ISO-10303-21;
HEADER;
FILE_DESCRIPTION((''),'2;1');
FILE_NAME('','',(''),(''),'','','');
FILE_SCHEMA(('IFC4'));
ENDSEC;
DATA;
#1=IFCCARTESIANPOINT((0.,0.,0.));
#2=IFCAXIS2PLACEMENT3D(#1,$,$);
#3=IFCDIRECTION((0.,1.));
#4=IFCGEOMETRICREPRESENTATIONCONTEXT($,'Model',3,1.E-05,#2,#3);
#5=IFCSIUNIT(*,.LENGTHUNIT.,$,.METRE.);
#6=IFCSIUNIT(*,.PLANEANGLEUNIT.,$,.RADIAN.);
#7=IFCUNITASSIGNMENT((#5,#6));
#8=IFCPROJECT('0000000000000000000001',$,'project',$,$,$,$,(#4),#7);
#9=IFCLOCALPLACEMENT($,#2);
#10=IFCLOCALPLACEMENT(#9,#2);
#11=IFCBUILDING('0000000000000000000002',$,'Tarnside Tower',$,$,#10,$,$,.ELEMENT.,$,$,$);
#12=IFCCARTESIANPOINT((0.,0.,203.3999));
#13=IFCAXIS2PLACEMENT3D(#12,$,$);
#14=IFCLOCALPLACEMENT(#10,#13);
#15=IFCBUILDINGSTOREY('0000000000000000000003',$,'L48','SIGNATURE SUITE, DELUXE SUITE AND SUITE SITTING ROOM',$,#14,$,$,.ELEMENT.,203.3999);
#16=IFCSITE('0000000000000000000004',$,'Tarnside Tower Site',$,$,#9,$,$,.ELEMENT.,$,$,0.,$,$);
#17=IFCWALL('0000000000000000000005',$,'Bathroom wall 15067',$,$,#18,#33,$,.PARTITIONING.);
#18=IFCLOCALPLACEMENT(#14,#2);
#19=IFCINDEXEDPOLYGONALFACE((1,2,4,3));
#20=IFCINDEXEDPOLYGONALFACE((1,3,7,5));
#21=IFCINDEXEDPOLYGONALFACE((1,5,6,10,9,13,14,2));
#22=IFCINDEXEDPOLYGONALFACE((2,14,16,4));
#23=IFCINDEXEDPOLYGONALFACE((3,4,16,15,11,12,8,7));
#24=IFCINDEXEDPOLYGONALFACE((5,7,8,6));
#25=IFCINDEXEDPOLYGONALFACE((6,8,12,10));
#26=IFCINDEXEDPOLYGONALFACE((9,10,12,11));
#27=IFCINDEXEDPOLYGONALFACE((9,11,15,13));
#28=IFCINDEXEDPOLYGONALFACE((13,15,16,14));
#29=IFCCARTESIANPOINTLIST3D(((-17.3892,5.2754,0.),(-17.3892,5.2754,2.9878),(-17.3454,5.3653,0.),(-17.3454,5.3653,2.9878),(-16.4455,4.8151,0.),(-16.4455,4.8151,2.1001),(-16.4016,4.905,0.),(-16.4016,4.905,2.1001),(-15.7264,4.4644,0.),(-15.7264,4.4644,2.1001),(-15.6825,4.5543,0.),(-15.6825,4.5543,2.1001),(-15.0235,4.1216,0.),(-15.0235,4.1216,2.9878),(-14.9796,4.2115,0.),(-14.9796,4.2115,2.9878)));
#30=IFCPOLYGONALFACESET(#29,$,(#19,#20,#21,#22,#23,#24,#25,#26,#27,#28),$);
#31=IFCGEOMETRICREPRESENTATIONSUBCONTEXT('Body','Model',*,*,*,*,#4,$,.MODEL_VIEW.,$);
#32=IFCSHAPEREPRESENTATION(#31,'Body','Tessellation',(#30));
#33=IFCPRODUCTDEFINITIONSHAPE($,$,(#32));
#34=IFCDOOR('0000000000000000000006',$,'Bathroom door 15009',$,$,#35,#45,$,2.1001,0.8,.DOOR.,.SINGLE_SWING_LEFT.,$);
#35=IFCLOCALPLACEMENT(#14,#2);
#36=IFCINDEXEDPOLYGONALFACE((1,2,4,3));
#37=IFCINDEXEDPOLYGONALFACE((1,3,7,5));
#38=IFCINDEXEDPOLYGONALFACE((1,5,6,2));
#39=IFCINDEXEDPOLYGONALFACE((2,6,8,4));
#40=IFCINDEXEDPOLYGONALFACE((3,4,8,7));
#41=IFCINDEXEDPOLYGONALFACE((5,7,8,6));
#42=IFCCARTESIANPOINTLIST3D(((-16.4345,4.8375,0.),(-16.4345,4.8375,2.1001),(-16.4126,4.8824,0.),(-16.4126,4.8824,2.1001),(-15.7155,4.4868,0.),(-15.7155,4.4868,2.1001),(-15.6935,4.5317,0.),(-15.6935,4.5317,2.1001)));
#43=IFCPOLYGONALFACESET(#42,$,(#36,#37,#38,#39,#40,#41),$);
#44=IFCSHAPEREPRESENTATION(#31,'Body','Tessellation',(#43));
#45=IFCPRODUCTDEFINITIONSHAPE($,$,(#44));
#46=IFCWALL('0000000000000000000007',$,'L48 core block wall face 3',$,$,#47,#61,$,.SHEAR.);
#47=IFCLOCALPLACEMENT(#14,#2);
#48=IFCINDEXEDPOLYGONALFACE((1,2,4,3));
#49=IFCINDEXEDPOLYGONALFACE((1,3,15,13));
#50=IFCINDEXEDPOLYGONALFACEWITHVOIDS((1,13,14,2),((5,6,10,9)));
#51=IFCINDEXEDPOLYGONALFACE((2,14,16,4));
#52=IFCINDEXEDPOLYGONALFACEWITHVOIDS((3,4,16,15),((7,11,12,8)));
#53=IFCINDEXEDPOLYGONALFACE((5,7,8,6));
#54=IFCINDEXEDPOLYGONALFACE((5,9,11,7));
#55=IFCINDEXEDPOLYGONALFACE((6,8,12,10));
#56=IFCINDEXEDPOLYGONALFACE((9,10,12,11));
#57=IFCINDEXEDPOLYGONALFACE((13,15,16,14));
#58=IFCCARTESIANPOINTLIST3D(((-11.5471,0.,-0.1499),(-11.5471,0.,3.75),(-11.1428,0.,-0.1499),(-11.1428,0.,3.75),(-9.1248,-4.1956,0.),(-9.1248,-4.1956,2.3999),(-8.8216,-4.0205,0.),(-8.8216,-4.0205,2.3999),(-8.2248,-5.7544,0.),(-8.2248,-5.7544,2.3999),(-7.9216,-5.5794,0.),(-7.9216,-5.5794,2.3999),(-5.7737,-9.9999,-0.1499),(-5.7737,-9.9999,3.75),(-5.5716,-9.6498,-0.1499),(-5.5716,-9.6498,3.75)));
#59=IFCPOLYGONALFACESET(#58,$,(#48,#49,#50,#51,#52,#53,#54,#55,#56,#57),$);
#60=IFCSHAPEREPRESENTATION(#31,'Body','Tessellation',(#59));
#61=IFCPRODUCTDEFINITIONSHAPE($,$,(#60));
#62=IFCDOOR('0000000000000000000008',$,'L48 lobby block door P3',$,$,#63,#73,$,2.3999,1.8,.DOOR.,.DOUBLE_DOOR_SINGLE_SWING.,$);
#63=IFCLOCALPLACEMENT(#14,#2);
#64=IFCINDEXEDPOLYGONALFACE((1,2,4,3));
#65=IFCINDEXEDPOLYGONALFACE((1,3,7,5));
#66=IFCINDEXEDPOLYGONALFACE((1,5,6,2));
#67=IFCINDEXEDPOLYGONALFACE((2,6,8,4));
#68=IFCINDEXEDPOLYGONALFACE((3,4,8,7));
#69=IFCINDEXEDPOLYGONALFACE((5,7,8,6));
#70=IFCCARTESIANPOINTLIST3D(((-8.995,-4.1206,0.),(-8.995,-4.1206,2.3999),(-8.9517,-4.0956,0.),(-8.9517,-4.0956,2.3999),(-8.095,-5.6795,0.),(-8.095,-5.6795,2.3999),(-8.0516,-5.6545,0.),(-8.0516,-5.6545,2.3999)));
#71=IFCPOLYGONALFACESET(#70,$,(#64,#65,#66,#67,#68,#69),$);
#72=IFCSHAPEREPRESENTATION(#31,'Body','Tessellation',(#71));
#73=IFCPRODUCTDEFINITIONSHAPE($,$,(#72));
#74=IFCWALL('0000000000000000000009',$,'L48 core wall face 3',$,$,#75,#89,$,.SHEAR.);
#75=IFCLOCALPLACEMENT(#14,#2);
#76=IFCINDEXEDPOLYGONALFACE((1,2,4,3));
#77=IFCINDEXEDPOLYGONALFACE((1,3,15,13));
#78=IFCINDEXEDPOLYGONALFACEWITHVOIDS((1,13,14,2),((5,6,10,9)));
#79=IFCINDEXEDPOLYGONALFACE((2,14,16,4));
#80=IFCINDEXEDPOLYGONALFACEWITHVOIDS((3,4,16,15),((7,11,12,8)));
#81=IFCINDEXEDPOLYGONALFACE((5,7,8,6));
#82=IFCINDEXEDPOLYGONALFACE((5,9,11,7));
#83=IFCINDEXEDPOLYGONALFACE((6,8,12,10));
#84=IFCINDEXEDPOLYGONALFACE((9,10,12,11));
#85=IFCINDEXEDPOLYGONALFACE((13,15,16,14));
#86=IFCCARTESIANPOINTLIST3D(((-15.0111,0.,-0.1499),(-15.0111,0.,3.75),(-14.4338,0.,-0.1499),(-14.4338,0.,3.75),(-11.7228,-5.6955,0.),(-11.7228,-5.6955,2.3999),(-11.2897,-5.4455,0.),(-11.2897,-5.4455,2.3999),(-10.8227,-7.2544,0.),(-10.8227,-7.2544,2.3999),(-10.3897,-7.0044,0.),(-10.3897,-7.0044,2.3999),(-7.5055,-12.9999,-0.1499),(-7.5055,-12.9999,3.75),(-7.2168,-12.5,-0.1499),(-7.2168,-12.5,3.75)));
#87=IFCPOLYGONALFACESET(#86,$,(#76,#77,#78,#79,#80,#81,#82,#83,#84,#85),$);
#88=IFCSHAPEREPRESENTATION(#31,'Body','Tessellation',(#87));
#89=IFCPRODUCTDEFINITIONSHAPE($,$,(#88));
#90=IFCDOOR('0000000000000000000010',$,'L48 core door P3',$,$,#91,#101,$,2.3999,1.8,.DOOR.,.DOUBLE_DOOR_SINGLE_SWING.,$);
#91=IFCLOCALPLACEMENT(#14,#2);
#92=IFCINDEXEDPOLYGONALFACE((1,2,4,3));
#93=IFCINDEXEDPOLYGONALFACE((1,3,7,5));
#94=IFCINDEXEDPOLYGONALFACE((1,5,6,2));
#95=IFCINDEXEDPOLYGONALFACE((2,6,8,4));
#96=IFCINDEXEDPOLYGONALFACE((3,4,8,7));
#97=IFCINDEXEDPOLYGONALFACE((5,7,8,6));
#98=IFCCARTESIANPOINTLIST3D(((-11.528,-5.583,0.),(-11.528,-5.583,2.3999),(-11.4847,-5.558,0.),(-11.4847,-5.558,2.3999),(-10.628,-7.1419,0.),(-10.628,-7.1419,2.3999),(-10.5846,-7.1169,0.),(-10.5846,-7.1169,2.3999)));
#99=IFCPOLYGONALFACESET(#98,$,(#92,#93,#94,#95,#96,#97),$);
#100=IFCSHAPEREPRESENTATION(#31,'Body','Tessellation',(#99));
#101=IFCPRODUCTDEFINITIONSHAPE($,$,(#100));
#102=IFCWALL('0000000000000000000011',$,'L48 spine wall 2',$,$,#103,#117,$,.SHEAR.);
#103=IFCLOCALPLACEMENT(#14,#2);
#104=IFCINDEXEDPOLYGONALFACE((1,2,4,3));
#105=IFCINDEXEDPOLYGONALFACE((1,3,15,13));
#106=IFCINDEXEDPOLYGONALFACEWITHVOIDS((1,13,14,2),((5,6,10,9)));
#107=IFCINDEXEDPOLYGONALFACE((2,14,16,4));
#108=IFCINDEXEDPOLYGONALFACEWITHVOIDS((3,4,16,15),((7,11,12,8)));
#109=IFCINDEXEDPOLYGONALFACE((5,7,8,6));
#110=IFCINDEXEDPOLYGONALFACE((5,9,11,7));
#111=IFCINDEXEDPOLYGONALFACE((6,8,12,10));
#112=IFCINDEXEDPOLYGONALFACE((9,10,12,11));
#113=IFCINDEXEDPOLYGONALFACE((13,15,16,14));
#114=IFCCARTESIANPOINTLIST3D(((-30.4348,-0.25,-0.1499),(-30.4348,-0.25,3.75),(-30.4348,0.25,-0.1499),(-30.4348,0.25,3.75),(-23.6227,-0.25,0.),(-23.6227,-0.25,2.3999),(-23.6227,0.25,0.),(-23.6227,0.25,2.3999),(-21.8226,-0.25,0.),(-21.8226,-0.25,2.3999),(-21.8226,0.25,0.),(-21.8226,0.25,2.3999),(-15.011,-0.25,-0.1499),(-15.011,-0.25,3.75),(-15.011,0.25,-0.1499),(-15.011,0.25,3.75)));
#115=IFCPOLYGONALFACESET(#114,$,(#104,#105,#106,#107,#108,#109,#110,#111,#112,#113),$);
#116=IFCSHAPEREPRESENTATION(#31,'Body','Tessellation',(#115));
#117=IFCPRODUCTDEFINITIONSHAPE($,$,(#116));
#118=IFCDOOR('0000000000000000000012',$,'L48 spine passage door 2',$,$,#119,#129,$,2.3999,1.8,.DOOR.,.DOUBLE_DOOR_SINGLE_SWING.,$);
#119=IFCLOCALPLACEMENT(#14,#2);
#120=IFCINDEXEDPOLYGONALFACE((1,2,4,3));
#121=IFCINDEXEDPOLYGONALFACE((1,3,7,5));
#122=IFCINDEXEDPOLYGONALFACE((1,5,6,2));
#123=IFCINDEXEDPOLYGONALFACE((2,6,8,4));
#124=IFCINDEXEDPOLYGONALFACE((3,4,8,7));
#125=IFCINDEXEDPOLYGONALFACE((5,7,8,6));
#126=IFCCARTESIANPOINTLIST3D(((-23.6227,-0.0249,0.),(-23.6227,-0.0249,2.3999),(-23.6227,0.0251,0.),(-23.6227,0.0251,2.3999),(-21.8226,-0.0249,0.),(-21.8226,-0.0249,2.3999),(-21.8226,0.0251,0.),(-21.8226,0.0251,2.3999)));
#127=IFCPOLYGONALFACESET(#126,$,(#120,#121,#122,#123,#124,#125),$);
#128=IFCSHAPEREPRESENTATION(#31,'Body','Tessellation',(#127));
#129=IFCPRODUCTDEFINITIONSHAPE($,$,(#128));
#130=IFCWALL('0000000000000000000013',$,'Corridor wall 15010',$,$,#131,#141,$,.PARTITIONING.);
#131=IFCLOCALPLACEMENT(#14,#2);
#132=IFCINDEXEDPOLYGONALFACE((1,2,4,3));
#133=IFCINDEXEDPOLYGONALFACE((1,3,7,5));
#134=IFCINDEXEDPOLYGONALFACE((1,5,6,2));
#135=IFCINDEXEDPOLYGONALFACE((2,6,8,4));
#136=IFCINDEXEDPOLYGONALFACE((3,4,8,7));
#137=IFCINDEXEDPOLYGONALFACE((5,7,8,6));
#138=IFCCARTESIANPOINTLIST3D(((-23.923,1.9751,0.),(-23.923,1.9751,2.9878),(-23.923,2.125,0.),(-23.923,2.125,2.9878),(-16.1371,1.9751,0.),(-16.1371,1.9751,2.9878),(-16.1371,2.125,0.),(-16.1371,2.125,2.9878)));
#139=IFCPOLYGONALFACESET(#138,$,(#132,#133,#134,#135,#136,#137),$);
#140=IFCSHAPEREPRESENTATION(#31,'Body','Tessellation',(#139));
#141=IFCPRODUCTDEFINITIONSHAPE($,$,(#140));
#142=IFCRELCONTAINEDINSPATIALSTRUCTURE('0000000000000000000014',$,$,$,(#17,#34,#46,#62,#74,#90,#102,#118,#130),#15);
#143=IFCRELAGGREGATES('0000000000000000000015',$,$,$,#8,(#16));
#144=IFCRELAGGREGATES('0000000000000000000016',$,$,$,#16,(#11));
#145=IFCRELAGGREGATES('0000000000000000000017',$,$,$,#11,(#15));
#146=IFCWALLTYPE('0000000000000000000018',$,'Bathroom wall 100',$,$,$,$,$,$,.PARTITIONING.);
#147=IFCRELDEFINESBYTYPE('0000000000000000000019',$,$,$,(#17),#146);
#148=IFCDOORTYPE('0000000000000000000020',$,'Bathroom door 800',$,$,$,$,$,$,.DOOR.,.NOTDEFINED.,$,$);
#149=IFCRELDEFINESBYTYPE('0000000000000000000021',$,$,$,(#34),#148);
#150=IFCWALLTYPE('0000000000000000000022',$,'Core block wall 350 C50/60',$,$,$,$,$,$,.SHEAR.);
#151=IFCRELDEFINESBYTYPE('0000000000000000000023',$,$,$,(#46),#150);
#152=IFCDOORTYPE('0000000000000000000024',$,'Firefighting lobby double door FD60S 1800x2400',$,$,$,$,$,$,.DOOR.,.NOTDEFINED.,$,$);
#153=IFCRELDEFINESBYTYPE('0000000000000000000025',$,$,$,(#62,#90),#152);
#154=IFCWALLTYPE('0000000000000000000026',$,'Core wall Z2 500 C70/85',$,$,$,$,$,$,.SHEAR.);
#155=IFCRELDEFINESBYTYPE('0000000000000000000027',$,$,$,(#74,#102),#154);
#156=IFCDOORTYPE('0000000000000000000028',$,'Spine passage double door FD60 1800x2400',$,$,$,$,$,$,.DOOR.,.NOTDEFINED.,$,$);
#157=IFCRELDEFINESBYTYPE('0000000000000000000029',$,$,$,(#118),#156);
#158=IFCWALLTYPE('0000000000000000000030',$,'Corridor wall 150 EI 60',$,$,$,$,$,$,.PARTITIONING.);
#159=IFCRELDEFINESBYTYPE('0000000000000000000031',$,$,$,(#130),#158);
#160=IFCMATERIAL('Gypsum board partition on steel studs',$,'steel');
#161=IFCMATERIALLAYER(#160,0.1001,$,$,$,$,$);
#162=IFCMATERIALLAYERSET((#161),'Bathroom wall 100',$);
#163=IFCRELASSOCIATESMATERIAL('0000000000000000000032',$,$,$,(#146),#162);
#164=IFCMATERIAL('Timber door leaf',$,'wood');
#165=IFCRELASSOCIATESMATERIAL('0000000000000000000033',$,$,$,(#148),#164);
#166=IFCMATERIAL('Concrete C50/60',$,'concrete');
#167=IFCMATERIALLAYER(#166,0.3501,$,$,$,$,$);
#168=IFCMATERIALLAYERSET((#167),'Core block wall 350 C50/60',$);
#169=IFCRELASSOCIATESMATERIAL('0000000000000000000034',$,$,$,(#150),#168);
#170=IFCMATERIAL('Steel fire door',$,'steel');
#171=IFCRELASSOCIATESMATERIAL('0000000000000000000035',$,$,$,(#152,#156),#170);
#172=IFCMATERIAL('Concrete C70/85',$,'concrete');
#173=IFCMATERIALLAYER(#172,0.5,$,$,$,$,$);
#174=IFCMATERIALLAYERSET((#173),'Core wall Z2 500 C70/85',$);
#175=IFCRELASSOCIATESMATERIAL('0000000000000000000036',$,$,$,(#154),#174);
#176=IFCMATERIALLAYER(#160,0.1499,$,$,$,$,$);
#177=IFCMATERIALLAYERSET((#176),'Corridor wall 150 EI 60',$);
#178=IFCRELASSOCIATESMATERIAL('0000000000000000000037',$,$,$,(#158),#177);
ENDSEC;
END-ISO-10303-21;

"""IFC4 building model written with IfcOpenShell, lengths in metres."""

from ifc_helpers import new_model, si_unit, direction, frame, frame_2d, origin, place, context, subcontext, project, spatial, polyline, rectangle, outline, extrude, material, layer, layer_set, type_object, element, fill, save


model = new_model("IFC4")

# Units and contexts
model_context = context("Model", 3, precision=1e-05, world=origin(), true_north=direction((0.0, 1.0)))
body_context = subcontext(model_context, "Body", "Model", "MODEL_VIEW")
ifc_project = project(units=[si_unit("LENGTHUNIT", "METRE"), si_unit("PLANEANGLEUNIT", "RADIAN")], contexts=[model_context])

# Site, building, storey
site_placement = place(None, origin())
site = spatial("IfcSite", under=ifc_project, at=site_placement, Name="Tarnside Tower Site", CompositionType="ELEMENT", RefElevation=0.0)
building_placement = place(site_placement, origin())
building = spatial("IfcBuilding", under=site, at=building_placement, Name="Tarnside Tower", CompositionType="ELEMENT")
storey_placement = place(building_placement, frame((0.0, 0.0, 203.3999)))
storey = spatial("IfcBuildingStorey", under=building, at=storey_placement, Name="L48", Description="SIGNATURE SUITE, DELUXE SUITE AND SUITE SITTING ROOM", CompositionType="ELEMENT", Elevation=203.3999)

# Shared definitions
ifc_material_1 = material(Name="Gypsum board partition on steel studs", Category="steel")
ifc_layer_1 = layer(ifc_material_1, 0.1001)
ifc_layer_set_1 = layer_set([ifc_layer_1], Name="Bathroom wall 100")
wall_type_1 = type_object("IfcWallType", Name="Bathroom wall 100", PredefinedType="PARTITIONING", material=ifc_layer_set_1)

# Walls, openings, doors
wall_1_placement = place(storey_placement, frame((-17.3672, 5.3203, 0.0), z_axis=(0.0, 0.0, 1.0), x_axis=(0.898799, -0.438361, 0.0)))
wall_1 = element("IfcWall", 1, at=wall_1_placement, inside=storey, type_object=wall_type_1, Name="Bathroom wall 15067", PredefinedType="PARTITIONING", context=body_context, shape_type="SweptSolid", body=[
    extrude(rectangle(XDim=2.6321, YDim=0.1001, at=frame_2d((1.3159, 0.0))), origin(), (0.0, 0.0, 1.0), 2.9878),
])
opening_1_placement = place(wall_1_placement, frame((1.05, 0.0, 0.0)))
opening_1 = element("IfcOpeningElement", 2, at=opening_1_placement, cuts=wall_1, PredefinedType="OPENING", context=body_context, shape_type="SweptSolid", body=[
    extrude(rectangle(XDim=0.8, YDim=2.1001, at=frame_2d((0.3999, 1.05))), frame((0.0, 0.0601, 0.0), z_axis=(0.0, -1.0, 0.0), x_axis=(1.0, 0.0, 0.0)), (0.0, 0.0, 1.0), 0.1201),
])
ifc_material_2 = material(Name="Timber door leaf", Category="wood")
door_type_1 = type_object("IfcDoorType", Name="Bathroom door 800", OperationType="NOTDEFINED", PredefinedType="DOOR", material=ifc_material_2)
door_1_placement = place(opening_1_placement, origin())
door_1 = element("IfcDoor", 3, at=door_1_placement, inside=storey, type_object=door_type_1, Name="Bathroom door 15009", OperationType="SINGLE_SWING_LEFT", OverallHeight=2.1001, OverallWidth=0.8, PredefinedType="DOOR", context=body_context, shape_type="SweptSolid", body=[
    extrude(rectangle(XDim=0.8, YDim=2.1001, at=frame_2d((0.3999, 1.05))), frame((0.0, 0.0249, 0.0), z_axis=(0.0, -1.0, 0.0), x_axis=(1.0, 0.0, 0.0)), (0.0, 0.0, 1.0), 0.05),
])
fill(opening_1, door_1)
ifc_material_3 = material(Name="Concrete C50/60", Category="concrete")
ifc_layer_2 = layer(ifc_material_3, 0.3501)
ifc_layer_set_2 = layer_set([ifc_layer_2], Name="Core block wall 350 C50/60")
wall_type_2 = type_object("IfcWallType", Name="Core block wall 350 C50/60", PredefinedType="SHEAR", material=ifc_layer_set_2)
wall_2_placement = place(storey_placement, frame((-11.345, 0.0, -0.1499), z_axis=(0.0, 0.0, 1.0), x_axis=(0.499995, -0.866028, 0.0)))
wall_2 = element("IfcWall", 4, at=wall_2_placement, inside=storey, type_object=wall_type_2, Name="L48 core block wall face 3", PredefinedType="SHEAR", context=body_context, shape_type="SweptSolid", body=[
    extrude(outline(polyline([(-0.1011, -0.175), (11.4458, -0.175), (11.2437, 0.175), (0.1011, 0.175), (-0.1011, -0.175)])), origin(), (0.0, 0.0, 1.0), 3.8999),
])
opening_2_placement = place(wall_2_placement, frame((4.7437, 0.0, 0.1499)))
opening_2 = element("IfcOpeningElement", 5, at=opening_2_placement, cuts=wall_2, PredefinedType="OPENING", context=body_context, shape_type="SweptSolid", body=[
    extrude(rectangle(XDim=1.8, YDim=2.3999, at=frame_2d((0.8999, 1.2))), frame((0.0, 0.1851, 0.0), z_axis=(0.0, -1.0, 0.0), x_axis=(1.0, 0.0, 0.0)), (0.0, 0.0, 1.0), 0.3701),
])
ifc_material_4 = material(Name="Steel fire door", Category="steel")
door_type_2 = type_object("IfcDoorType", Name="Firefighting lobby double door FD60S 1800x2400", OperationType="NOTDEFINED", PredefinedType="DOOR", material=ifc_material_4)
door_2_placement = place(opening_2_placement, origin())
door_2 = element("IfcDoor", 6, at=door_2_placement, inside=storey, type_object=door_type_2, Name="L48 lobby block door P3", OperationType="DOUBLE_DOOR_SINGLE_SWING", OverallHeight=2.3999, OverallWidth=1.8, PredefinedType="DOOR", context=body_context, shape_type="SweptSolid", body=[
    extrude(rectangle(XDim=1.8, YDim=2.3999, at=frame_2d((0.8999, 1.2))), frame((0.0, 0.0249, 0.0), z_axis=(0.0, -1.0, 0.0), x_axis=(1.0, 0.0, 0.0)), (0.0, 0.0, 1.0), 0.05),
])
fill(opening_2, door_2)
ifc_material_5 = material(Name="Concrete C70/85", Category="concrete")
ifc_layer_3 = layer(ifc_material_5, 0.5)
ifc_layer_set_3 = layer_set([ifc_layer_3], Name="Core wall Z2 500 C70/85")
wall_type_3 = type_object("IfcWallType", Name="Core wall Z2 500 C70/85", PredefinedType="SHEAR", material=ifc_layer_set_3)
wall_3_placement = place(storey_placement, frame((-14.7224, 0.0, -0.1499), z_axis=(0.0, 0.0, 1.0), x_axis=(0.500006, -0.866022, 0.0)))
wall_3 = element("IfcWall", 7, at=wall_3_placement, inside=storey, type_object=wall_type_3, Name="L48 core wall face 3", PredefinedType="SHEAR", context=body_context, shape_type="SweptSolid", body=[
    extrude(outline(polyline([(-0.1443, -0.25), (14.8667, -0.25), (14.5781, 0.25), (0.1443, 0.25), (-0.1443, -0.25)])), origin(), (0.0, 0.0, 1.0), 3.8999),
])
opening_3_placement = place(wall_3_placement, frame((6.4324, 0.0, 0.1499)))
opening_3 = element("IfcOpeningElement", 8, at=opening_3_placement, cuts=wall_3, PredefinedType="OPENING", context=body_context, shape_type="SweptSolid", body=[
    extrude(rectangle(XDim=1.8, YDim=2.3999, at=frame_2d((0.8999, 1.2))), frame((0.0, 0.26, 0.0), z_axis=(0.0, -1.0, 0.0), x_axis=(1.0, 0.0, 0.0)), (0.0, 0.0, 1.0), 0.52),
])
door_3_placement = place(opening_3_placement, origin())
door_3 = element("IfcDoor", 9, at=door_3_placement, inside=storey, type_object=door_type_2, Name="L48 core door P3", OperationType="DOUBLE_DOOR_SINGLE_SWING", OverallHeight=2.3999, OverallWidth=1.8, PredefinedType="DOOR", context=body_context, shape_type="SweptSolid", body=[
    extrude(rectangle(XDim=1.8, YDim=2.3999, at=frame_2d((0.8999, 1.2))), frame((0.0, 0.0249, 0.0), z_axis=(0.0, -1.0, 0.0), x_axis=(1.0, 0.0, 0.0)), (0.0, 0.0, 1.0), 0.05),
])
fill(opening_3, door_3)
wall_4_placement = place(storey_placement, frame((-15.011, 0.0, -0.1499), z_axis=(0.0, 0.0, 1.0), x_axis=(-1.0, 0.0, 0.0)))
wall_4 = element("IfcWall", 10, at=wall_4_placement, inside=storey, type_object=wall_type_3, Name="L48 spine wall 2", PredefinedType="SHEAR", context=body_context, shape_type="SweptSolid", body=[
    extrude(rectangle(XDim=15.4238, YDim=0.5, at=frame_2d((7.7119, 0.0))), origin(), (0.0, 0.0, 1.0), 3.8999),
])
opening_4_placement = place(wall_4_placement, frame((6.8118, 0.0, 0.1499)))
opening_4 = element("IfcOpeningElement", 11, at=opening_4_placement, cuts=wall_4, PredefinedType="OPENING", context=body_context, shape_type="SweptSolid", body=[
    extrude(rectangle(XDim=1.8, YDim=2.3999, at=frame_2d((0.8999, 1.2))), frame((0.0, 0.26, 0.0), z_axis=(0.0, -1.0, 0.0), x_axis=(1.0, 0.0, 0.0)), (0.0, 0.0, 1.0), 0.52),
])
door_type_3 = type_object("IfcDoorType", Name="Spine passage double door FD60 1800x2400", OperationType="NOTDEFINED", PredefinedType="DOOR", material=ifc_material_4)
door_4_placement = place(opening_4_placement, origin())
door_4 = element("IfcDoor", 12, at=door_4_placement, inside=storey, type_object=door_type_3, Name="L48 spine passage door 2", OperationType="DOUBLE_DOOR_SINGLE_SWING", OverallHeight=2.3999, OverallWidth=1.8, PredefinedType="DOOR", context=body_context, shape_type="SweptSolid", body=[
    extrude(rectangle(XDim=1.8, YDim=2.3999, at=frame_2d((0.8999, 1.2))), frame((0.0, 0.0249, 0.0), z_axis=(0.0, -1.0, 0.0), x_axis=(1.0, 0.0, 0.0)), (0.0, 0.0, 1.0), 0.05),
])
fill(opening_4, door_4)

# Wall
ifc_layer_4 = layer(ifc_material_1, 0.1499)
ifc_layer_set_4 = layer_set([ifc_layer_4], Name="Corridor wall 150 EI 60")
wall_type_4 = type_object("IfcWallType", Name="Corridor wall 150 EI 60", PredefinedType="PARTITIONING", material=ifc_layer_set_4)
wall_5_placement = place(storey_placement, frame((-16.137, 2.05, 0.0), z_axis=(0.0, 0.0, 1.0), x_axis=(-1.0, 0.0, 0.0)))
element("IfcWall", 13, at=wall_5_placement, inside=storey, type_object=wall_type_4, Name="Corridor wall 15010", PredefinedType="PARTITIONING", context=body_context, shape_type="SweptSolid", body=[
    extrude(rectangle(XDim=7.7859, YDim=0.1499, at=frame_2d((3.8931, 0.0))), origin(), (0.0, 0.0, 1.0), 2.9878),
])

save(model, "model.ifc")
